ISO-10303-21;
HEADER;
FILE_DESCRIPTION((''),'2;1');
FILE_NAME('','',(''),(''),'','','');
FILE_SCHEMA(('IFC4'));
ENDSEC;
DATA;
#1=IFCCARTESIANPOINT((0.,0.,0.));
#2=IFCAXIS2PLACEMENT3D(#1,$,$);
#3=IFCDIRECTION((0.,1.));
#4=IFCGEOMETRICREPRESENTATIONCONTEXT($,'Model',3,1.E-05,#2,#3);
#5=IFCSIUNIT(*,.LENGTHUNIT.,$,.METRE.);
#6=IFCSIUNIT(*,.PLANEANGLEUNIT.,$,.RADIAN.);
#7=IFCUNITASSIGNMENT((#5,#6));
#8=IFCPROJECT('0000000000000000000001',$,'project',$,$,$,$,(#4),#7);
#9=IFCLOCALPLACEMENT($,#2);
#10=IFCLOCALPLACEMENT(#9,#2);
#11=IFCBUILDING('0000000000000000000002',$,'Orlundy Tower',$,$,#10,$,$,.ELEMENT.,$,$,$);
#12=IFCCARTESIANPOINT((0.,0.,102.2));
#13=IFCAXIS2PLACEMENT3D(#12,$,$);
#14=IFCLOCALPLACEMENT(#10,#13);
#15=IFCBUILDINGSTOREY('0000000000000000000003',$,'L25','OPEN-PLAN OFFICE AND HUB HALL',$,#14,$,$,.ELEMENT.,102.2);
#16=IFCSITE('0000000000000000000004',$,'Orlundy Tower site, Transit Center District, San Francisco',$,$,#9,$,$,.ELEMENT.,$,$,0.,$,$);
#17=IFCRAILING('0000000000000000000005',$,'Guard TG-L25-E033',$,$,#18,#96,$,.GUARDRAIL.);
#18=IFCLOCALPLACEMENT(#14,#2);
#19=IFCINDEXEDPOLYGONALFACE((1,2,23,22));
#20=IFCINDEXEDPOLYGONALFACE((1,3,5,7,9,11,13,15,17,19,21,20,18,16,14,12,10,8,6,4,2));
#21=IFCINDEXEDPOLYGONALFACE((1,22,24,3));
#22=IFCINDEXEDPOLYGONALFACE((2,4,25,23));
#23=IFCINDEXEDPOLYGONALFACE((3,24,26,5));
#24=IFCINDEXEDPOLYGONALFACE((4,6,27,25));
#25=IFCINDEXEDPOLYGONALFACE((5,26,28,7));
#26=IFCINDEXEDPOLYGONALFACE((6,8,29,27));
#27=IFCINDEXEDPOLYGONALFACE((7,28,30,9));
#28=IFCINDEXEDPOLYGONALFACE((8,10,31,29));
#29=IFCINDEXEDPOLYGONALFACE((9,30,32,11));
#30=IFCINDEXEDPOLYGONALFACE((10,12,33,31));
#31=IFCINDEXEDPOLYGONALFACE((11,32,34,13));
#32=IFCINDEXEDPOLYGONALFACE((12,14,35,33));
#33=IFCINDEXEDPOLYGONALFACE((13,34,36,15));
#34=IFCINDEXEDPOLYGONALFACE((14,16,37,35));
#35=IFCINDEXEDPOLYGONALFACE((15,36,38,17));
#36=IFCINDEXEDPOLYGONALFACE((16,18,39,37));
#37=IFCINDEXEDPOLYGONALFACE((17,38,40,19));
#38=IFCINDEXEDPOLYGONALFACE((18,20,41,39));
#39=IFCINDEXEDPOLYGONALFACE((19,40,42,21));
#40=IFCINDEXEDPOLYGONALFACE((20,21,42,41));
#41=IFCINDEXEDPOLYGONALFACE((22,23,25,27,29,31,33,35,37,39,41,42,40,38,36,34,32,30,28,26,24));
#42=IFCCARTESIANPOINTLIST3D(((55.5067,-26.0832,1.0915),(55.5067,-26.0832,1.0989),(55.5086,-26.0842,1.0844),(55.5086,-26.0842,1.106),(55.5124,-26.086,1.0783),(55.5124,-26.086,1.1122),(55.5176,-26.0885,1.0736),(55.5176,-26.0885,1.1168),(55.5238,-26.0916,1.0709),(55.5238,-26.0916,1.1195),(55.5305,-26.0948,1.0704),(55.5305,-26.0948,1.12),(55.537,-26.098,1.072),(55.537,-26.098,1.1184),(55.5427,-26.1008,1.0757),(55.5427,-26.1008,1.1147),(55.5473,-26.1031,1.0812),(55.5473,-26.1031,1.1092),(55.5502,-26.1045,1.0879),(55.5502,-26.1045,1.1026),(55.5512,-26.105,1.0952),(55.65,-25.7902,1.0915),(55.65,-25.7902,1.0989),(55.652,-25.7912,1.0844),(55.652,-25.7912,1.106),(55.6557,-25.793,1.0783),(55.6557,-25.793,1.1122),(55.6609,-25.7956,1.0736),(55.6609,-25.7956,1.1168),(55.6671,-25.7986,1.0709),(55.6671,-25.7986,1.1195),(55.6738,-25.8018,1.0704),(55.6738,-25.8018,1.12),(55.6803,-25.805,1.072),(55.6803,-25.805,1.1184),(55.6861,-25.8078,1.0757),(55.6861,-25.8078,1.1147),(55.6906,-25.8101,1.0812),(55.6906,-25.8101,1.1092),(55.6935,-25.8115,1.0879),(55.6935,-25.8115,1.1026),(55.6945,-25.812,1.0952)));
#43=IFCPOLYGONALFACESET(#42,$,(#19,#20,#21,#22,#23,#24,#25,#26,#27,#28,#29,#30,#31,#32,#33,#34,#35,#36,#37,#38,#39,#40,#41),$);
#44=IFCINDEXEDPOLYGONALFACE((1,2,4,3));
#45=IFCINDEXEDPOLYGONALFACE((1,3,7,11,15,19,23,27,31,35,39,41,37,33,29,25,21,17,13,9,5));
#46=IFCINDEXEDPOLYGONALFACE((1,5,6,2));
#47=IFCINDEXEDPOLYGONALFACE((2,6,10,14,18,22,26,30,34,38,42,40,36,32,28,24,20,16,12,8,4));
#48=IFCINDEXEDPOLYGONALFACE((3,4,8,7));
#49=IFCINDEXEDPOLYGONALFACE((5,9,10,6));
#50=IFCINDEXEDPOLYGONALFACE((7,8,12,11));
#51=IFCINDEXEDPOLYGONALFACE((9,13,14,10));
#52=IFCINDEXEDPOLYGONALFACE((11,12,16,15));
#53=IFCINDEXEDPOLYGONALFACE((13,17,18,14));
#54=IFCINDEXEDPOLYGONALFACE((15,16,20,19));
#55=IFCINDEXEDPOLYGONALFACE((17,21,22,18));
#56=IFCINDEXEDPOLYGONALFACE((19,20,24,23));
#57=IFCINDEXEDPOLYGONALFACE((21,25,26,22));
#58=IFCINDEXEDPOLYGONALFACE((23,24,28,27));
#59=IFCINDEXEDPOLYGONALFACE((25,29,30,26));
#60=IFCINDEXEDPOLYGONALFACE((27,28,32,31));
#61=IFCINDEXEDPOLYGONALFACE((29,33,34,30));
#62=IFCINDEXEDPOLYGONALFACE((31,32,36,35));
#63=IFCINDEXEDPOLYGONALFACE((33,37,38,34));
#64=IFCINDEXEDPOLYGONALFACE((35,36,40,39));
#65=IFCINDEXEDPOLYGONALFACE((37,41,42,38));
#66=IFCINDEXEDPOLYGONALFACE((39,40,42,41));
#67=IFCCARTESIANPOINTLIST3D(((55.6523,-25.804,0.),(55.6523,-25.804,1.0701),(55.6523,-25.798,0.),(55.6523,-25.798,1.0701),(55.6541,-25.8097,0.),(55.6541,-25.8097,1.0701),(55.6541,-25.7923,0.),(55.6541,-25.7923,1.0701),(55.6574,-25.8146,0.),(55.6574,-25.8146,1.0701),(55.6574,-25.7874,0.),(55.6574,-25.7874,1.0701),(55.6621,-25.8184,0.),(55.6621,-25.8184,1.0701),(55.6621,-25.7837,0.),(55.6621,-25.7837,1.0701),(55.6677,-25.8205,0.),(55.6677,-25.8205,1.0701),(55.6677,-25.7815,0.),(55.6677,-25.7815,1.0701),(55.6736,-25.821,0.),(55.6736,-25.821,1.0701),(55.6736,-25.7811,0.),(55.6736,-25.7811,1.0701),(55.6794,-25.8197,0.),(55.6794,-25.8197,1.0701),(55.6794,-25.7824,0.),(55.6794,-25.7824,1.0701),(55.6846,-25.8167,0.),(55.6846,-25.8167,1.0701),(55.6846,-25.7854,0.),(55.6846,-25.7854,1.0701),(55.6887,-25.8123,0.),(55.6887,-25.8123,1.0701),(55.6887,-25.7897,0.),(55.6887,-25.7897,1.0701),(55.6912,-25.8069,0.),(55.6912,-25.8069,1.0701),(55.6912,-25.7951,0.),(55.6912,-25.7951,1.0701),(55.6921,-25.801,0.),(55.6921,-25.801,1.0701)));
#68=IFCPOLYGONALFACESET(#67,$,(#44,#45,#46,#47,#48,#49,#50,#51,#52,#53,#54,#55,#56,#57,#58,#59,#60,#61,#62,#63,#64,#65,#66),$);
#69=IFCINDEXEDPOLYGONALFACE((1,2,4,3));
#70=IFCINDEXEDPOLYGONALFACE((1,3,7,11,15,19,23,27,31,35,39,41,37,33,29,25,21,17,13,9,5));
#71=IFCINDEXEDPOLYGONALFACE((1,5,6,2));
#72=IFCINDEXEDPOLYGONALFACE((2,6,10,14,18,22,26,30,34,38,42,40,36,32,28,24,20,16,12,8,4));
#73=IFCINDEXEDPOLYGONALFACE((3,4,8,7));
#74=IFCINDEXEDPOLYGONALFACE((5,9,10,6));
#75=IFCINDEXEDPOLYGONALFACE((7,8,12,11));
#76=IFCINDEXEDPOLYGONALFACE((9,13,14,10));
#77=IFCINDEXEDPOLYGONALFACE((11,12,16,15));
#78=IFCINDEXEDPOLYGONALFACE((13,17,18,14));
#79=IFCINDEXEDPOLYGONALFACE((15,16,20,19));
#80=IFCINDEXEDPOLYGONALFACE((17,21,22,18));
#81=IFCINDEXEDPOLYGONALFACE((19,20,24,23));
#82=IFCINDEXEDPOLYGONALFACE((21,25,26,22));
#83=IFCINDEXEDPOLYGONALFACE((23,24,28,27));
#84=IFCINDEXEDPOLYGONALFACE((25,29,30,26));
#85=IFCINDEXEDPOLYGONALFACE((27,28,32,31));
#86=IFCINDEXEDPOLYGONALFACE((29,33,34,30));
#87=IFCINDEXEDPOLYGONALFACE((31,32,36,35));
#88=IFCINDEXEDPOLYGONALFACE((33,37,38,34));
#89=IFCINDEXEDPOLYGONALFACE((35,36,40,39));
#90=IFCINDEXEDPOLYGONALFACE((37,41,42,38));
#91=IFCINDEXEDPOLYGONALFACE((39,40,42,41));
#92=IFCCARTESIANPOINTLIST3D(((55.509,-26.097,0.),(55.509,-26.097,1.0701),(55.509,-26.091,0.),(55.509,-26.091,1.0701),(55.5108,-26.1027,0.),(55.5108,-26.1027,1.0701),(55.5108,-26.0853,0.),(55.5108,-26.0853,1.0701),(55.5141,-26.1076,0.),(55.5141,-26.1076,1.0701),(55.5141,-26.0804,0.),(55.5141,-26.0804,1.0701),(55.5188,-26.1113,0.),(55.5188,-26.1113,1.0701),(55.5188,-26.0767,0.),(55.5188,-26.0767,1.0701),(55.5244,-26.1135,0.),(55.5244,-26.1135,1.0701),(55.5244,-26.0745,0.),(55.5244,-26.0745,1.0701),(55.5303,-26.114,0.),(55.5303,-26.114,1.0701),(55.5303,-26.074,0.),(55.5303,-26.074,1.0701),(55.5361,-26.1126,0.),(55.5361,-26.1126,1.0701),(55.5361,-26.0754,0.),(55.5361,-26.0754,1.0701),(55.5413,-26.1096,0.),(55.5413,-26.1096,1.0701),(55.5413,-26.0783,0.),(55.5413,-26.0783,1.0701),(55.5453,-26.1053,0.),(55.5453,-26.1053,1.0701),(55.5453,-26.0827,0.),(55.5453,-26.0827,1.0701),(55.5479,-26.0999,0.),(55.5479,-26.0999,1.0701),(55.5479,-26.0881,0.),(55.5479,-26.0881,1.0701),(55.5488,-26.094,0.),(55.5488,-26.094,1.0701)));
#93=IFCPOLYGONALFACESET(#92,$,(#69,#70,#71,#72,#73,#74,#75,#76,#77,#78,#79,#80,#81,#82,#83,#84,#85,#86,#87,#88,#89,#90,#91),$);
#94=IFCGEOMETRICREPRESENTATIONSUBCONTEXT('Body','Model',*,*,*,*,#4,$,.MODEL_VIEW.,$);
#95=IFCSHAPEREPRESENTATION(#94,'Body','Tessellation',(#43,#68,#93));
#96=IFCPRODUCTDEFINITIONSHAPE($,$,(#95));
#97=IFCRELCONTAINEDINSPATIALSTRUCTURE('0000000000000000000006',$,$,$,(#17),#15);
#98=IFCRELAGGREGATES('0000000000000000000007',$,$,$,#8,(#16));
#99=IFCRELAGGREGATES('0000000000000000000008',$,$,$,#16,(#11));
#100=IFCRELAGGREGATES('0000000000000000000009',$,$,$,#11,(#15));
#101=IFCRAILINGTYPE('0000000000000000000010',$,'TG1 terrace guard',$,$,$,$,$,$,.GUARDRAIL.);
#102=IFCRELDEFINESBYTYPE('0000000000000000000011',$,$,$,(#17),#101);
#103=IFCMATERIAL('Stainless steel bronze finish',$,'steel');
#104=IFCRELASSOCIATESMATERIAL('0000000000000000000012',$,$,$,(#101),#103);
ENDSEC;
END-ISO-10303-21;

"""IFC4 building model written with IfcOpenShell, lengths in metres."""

from ifc_helpers import new_model, si_unit, direction, frame, origin, origin_2d, place, context, subcontext, project, spatial, circle, extrude, material, type_object, element, save


model = new_model("IFC4")

# Units and contexts
model_context = context("Model", 3, precision=1e-05, world=origin(), true_north=direction((0.0, 1.0)))
body_context = subcontext(model_context, "Body", "Model", "MODEL_VIEW")
ifc_project = project(units=[si_unit("LENGTHUNIT", "METRE"), si_unit("PLANEANGLEUNIT", "RADIAN")], contexts=[model_context])

# Site, building, storey
site_placement = place(None, origin())
site = spatial("IfcSite", under=ifc_project, at=site_placement, Name="Orlundy Tower site, Transit Center District, San Francisco", CompositionType="ELEMENT", RefElevation=0.0)
building_placement = place(site_placement, origin())
building = spatial("IfcBuilding", under=site, at=building_placement, Name="Orlundy Tower", CompositionType="ELEMENT")
storey_placement = place(building_placement, frame((0.0, 0.0, 102.2)))
storey = spatial("IfcBuildingStorey", under=building, at=storey_placement, Name="L25", Description="OPEN-PLAN OFFICE AND HUB HALL", CompositionType="ELEMENT", Elevation=102.2)

# Railing
ifc_material_1 = material(Name="Stainless steel bronze finish", Category="steel")
railing_type = type_object("IfcRailingType", Name="TG1 terrace guard", PredefinedType="GUARDRAIL", material=ifc_material_1)
railing_1_placement = place(storey_placement, frame((55.6721, -25.801, 0.0)))
element("IfcRailing", 1, at=railing_1_placement, inside=storey, type_object=railing_type, Name="Guard TG-L25-E033", PredefinedType="GUARDRAIL", context=body_context, shape_type="SweptSolid", body=[
    extrude(circle(Radius=0.0249, at=origin_2d()), frame((0.0, 0.0, 1.0952), z_axis=(-0.439412, -0.898286, 0.0), x_axis=(0.898286, -0.439412, 0.0)), (0.0, 0.0, 1.0), 0.3262),
    extrude(circle(Radius=0.02, at=origin_2d()), origin(), (0.0, 0.0, 1.0), 1.0701),
    extrude(circle(Radius=0.02, at=origin_2d()), frame((-0.1433, -0.293, 0.0)), (0.0, 0.0, 1.0), 1.0701),
])

save(model, "model.ifc")
